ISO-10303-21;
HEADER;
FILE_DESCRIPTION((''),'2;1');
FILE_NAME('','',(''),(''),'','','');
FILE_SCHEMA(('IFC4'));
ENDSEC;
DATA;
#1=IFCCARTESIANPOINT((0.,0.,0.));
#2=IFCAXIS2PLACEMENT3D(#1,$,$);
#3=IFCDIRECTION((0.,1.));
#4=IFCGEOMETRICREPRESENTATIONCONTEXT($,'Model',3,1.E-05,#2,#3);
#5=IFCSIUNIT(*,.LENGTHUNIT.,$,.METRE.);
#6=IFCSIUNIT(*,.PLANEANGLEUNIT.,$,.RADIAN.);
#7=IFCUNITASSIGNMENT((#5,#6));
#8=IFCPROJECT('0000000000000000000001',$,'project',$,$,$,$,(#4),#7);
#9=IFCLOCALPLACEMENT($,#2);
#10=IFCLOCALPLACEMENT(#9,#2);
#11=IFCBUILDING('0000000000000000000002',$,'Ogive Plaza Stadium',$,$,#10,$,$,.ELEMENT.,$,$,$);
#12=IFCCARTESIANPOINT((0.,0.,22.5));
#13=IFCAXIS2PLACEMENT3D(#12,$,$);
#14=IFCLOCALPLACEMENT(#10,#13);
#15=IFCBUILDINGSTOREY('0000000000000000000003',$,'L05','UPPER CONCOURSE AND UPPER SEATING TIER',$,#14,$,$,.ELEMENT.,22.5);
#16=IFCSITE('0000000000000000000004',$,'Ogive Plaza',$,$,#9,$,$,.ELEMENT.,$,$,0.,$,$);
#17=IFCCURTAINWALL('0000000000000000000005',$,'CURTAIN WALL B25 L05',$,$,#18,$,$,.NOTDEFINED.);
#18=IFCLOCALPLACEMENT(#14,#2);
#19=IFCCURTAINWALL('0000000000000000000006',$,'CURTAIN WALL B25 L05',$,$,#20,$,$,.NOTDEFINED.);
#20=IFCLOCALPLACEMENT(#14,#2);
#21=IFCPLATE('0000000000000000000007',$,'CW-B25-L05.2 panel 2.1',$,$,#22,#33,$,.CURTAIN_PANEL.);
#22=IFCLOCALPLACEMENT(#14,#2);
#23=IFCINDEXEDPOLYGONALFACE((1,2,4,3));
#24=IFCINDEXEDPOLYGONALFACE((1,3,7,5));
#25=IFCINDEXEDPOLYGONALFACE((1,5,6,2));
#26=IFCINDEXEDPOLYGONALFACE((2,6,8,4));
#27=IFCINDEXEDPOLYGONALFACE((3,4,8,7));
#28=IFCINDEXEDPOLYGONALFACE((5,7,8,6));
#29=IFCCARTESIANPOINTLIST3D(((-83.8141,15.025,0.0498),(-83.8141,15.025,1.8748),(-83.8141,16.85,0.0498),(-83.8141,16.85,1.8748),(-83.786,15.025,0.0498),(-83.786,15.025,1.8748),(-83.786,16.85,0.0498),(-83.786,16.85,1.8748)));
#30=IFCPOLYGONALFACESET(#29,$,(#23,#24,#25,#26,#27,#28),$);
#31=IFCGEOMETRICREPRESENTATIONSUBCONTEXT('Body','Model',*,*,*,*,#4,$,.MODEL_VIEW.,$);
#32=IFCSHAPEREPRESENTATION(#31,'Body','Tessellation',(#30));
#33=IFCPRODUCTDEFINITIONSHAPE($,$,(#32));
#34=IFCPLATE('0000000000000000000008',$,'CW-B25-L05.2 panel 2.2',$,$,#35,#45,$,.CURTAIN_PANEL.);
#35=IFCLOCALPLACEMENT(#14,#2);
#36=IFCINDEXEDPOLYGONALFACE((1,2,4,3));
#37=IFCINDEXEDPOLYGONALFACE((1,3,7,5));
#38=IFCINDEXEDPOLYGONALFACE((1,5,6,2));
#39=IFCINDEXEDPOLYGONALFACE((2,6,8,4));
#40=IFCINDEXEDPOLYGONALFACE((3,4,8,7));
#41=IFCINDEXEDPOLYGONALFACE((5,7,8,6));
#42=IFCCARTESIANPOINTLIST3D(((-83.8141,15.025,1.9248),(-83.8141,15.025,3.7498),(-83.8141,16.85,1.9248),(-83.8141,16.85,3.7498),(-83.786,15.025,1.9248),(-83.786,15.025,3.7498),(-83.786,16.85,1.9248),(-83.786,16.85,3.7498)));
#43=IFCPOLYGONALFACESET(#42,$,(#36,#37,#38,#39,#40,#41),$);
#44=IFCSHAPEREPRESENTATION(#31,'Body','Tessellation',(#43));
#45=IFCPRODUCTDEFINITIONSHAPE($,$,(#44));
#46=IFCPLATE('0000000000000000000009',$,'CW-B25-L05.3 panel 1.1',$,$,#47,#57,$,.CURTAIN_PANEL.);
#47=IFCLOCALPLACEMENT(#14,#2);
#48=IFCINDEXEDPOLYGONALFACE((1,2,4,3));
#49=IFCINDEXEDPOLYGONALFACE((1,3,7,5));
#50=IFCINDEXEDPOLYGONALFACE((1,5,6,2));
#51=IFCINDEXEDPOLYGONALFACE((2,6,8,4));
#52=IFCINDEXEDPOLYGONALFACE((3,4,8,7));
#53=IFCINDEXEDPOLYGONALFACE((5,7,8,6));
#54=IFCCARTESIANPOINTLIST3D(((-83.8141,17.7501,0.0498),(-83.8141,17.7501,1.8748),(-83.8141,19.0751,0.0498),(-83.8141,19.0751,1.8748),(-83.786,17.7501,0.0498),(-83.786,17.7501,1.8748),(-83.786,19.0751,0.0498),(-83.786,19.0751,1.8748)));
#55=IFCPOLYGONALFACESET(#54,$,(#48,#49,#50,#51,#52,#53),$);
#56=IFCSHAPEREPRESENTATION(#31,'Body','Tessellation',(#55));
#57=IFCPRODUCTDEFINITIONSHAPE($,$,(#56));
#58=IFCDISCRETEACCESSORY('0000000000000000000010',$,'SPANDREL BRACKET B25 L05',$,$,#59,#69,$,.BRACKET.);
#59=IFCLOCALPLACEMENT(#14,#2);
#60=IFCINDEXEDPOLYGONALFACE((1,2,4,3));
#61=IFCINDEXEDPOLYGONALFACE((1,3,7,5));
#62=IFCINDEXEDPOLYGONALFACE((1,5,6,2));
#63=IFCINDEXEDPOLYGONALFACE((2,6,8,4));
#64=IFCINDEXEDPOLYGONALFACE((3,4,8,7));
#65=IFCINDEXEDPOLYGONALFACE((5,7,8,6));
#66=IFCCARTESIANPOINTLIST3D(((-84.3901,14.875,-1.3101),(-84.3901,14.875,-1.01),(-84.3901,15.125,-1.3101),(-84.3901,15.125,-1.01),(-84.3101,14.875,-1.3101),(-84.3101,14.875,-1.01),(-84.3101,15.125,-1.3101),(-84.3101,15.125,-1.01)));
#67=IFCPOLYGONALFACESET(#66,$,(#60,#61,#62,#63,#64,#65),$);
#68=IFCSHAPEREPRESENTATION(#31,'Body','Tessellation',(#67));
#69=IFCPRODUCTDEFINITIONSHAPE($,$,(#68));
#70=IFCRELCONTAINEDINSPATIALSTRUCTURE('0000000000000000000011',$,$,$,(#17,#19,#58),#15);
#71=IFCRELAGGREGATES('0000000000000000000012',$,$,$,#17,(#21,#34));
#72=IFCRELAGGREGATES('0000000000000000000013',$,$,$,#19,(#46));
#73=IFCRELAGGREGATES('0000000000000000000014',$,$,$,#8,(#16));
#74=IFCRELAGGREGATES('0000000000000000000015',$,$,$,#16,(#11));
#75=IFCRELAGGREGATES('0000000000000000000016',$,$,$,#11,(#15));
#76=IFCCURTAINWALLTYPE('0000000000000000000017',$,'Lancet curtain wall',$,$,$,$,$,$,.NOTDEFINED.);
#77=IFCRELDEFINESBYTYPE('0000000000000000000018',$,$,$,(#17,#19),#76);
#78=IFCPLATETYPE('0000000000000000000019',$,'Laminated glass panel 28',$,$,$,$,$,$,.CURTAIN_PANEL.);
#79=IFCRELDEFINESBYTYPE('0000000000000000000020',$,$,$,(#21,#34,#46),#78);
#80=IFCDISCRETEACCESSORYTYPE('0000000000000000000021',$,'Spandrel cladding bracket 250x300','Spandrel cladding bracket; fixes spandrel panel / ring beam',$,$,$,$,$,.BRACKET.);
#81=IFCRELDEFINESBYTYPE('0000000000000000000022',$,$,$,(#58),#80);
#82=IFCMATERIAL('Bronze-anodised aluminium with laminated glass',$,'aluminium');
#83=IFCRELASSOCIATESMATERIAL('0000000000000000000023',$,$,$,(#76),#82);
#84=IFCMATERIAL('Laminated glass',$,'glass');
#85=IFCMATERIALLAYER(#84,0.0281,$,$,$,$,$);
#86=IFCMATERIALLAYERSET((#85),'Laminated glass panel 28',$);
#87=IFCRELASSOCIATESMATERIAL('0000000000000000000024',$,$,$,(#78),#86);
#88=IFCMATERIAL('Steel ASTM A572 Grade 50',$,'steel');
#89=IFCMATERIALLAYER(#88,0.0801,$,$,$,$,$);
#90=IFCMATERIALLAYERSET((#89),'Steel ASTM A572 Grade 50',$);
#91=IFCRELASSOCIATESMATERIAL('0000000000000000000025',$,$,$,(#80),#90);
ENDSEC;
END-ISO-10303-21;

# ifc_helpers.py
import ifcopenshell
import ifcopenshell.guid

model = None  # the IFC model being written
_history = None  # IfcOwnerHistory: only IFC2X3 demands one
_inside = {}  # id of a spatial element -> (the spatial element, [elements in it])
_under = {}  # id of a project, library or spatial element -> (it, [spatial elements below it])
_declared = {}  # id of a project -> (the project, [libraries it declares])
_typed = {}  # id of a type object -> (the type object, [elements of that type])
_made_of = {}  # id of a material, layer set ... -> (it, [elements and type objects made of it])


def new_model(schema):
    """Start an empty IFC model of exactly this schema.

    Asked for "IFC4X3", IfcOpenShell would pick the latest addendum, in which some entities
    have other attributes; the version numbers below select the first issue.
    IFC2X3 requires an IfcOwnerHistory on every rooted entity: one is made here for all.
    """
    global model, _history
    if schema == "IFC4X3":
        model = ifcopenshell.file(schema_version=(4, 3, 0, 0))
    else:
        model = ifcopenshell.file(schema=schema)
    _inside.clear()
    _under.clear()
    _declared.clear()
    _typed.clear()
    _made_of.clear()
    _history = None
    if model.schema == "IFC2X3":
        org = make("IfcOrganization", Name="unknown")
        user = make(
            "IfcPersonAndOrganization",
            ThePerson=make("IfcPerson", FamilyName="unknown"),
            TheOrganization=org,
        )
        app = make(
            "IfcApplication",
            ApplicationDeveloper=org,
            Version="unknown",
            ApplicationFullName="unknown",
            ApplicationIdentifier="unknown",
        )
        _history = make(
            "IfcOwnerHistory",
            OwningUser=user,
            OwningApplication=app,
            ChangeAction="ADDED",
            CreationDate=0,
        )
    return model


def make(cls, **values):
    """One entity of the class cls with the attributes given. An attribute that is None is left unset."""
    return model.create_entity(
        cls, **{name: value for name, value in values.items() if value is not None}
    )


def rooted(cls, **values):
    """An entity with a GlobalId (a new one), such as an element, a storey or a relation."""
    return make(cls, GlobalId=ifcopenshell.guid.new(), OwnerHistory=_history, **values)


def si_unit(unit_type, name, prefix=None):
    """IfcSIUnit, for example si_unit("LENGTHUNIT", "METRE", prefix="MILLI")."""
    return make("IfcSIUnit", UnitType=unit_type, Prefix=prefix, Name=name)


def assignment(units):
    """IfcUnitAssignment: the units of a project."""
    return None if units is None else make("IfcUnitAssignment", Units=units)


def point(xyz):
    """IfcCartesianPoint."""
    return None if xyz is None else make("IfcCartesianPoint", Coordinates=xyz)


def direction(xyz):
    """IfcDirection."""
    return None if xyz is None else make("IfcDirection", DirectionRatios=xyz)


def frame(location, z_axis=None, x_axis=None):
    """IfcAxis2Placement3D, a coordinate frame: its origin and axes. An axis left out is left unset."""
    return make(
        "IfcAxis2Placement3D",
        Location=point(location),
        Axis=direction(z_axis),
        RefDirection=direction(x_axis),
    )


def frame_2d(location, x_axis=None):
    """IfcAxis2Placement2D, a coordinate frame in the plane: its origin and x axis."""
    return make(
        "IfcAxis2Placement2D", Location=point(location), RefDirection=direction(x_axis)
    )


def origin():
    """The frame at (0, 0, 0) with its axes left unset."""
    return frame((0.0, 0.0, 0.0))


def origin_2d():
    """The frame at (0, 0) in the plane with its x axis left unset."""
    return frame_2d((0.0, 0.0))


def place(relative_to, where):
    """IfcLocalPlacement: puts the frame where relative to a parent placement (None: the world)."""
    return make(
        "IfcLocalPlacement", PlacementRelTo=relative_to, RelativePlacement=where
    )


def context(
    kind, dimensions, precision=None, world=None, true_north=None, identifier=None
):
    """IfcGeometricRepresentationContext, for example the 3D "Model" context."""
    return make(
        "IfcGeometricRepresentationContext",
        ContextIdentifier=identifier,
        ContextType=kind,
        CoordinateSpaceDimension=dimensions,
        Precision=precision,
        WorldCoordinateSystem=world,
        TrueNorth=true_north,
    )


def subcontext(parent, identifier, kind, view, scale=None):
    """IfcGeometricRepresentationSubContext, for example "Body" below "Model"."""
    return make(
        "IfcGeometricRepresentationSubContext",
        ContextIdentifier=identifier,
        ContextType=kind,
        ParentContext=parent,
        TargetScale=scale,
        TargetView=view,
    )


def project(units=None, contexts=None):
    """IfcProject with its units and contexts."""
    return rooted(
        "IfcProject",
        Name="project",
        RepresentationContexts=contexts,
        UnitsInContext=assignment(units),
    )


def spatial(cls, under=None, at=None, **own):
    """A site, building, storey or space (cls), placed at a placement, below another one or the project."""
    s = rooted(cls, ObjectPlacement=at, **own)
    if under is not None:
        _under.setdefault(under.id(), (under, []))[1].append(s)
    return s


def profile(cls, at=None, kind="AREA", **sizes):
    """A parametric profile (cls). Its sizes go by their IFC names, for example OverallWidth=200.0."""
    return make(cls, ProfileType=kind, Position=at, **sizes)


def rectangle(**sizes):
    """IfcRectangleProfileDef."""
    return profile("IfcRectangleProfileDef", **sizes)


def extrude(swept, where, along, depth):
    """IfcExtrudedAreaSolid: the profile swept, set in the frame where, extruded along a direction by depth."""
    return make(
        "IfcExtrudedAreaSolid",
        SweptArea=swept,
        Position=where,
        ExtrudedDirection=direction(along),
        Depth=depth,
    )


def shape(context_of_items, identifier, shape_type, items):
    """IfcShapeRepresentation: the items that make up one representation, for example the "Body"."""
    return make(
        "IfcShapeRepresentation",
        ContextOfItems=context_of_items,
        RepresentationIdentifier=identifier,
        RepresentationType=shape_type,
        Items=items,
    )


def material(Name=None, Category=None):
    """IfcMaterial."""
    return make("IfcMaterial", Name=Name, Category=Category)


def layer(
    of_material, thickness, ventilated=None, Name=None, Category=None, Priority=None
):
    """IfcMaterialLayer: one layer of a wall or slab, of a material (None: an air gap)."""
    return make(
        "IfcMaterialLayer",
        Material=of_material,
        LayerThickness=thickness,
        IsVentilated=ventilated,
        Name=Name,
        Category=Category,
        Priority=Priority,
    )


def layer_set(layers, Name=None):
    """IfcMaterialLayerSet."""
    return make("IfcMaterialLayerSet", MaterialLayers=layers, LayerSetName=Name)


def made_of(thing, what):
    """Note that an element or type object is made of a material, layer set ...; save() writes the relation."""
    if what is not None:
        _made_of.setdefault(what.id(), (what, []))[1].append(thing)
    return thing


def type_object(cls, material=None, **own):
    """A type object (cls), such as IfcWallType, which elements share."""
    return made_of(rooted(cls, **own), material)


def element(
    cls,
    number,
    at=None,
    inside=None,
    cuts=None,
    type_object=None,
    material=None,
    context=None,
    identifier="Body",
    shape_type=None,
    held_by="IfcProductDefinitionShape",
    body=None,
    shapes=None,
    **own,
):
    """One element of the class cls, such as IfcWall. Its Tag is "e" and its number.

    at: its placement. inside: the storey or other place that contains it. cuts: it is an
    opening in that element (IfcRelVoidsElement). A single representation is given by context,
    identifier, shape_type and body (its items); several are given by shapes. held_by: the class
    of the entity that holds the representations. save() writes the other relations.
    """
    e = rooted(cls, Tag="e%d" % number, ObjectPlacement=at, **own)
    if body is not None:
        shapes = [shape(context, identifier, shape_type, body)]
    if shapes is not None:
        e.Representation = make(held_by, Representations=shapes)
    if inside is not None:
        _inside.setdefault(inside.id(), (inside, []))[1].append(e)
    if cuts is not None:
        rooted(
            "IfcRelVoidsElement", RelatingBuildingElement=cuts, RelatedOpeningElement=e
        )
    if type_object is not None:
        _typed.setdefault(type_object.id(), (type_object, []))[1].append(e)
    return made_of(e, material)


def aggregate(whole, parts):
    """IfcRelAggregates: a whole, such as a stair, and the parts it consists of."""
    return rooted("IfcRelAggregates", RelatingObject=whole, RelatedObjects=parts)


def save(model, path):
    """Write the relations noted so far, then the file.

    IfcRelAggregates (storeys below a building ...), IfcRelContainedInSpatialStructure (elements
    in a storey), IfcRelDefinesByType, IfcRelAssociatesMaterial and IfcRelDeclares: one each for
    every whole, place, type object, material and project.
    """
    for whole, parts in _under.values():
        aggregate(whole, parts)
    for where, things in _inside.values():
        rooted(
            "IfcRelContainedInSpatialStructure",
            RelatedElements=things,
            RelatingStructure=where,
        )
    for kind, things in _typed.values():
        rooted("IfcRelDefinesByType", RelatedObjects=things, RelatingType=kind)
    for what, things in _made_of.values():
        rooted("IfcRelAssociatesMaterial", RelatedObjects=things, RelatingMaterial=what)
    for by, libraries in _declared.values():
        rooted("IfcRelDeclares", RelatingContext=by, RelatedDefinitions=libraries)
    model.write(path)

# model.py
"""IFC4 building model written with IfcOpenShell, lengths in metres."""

from ifc_helpers import new_model, si_unit, direction, frame, origin, origin_2d, place, context, subcontext, project, spatial, rectangle, extrude, material, layer, layer_set, type_object, element, aggregate, save


model = new_model("IFC4")

# Units and contexts
model_context = context("Model", 3, precision=1e-05, world=origin(), true_north=direction((0.0, 1.0)))
body_context = subcontext(model_context, "Body", "Model", "MODEL_VIEW")
ifc_project = project(units=[si_unit("LENGTHUNIT", "METRE"), si_unit("PLANEANGLEUNIT", "RADIAN")], contexts=[model_context])

# Site, building, storey
site_placement = place(None, origin())
site = spatial("IfcSite", under=ifc_project, at=site_placement, Name="Ogive Plaza", CompositionType="ELEMENT", RefElevation=0.0)
building_placement = place(site_placement, origin())
building = spatial("IfcBuilding", under=site, at=building_placement, Name="Ogive Plaza Stadium", CompositionType="ELEMENT")
storey_placement = place(building_placement, frame((0.0, 0.0, 22.5)))
storey = spatial("IfcBuildingStorey", under=building, at=storey_placement, Name="L05", Description="UPPER CONCOURSE AND UPPER SEATING TIER", CompositionType="ELEMENT", Elevation=22.5)

# Curtain walls
ifc_material_1 = material(Name="Bronze-anodised aluminium with laminated glass", Category="aluminium")
curtain_wall_type = type_object("IfcCurtainWallType", Name="Lancet curtain wall", PredefinedType="NOTDEFINED", material=ifc_material_1)
curtain_wall_1_placement = place(storey_placement, origin())
curtain_wall_1 = element("IfcCurtainWall", 1, at=curtain_wall_1_placement, inside=storey, type_object=curtain_wall_type, Name="CURTAIN WALL B25 L05", PredefinedType="NOTDEFINED")
curtain_wall_2_placement = place(storey_placement, origin())
curtain_wall_2 = element("IfcCurtainWall", 2, at=curtain_wall_2_placement, inside=storey, type_object=curtain_wall_type, Name="CURTAIN WALL B25 L05", PredefinedType="NOTDEFINED")

# Plates
ifc_material_2 = material(Name="Laminated glass", Category="glass")
ifc_layer_1 = layer(ifc_material_2, 0.0281)
ifc_layer_set_1 = layer_set([ifc_layer_1], Name="Laminated glass panel 28")
plate_type = type_object("IfcPlateType", Name="Laminated glass panel 28", PredefinedType="CURTAIN_PANEL", material=ifc_layer_set_1)
plate_1_placement = place(storey_placement, frame((-83.8, 15.9375, 0.0498), z_axis=(0.0, 0.0, 1.0), x_axis=(0.0, 1.0, 0.0)))
plate_1 = element("IfcPlate", 3, at=plate_1_placement, type_object=plate_type, Name="CW-B25-L05.2 panel 2.1", PredefinedType="CURTAIN_PANEL", context=body_context, shape_type="SweptSolid", body=[
    extrude(rectangle(XDim=1.825, YDim=0.0281, at=origin_2d()), origin(), (0.0, 0.0, 1.0), 1.825),
])
plate_2_placement = place(storey_placement, frame((-83.8, 15.9375, 1.9248), z_axis=(0.0, 0.0, 1.0), x_axis=(0.0, 1.0, 0.0)))
plate_2 = element("IfcPlate", 4, at=plate_2_placement, type_object=plate_type, Name="CW-B25-L05.2 panel 2.2", PredefinedType="CURTAIN_PANEL", context=body_context, shape_type="SweptSolid", body=[
    extrude(rectangle(XDim=1.825, YDim=0.0281, at=origin_2d()), origin(), (0.0, 0.0, 1.0), 1.825),
])
aggregate(curtain_wall_1, [plate_1, plate_2])
plate_3_placement = place(storey_placement, frame((-83.8, 18.4126, 0.0498), z_axis=(0.0, 0.0, 1.0), x_axis=(0.0, 1.0, 0.0)))
plate_3 = element("IfcPlate", 5, at=plate_3_placement, type_object=plate_type, Name="CW-B25-L05.3 panel 1.1", PredefinedType="CURTAIN_PANEL", context=body_context, shape_type="SweptSolid", body=[
    extrude(rectangle(XDim=1.325, YDim=0.0281, at=origin_2d()), origin(), (0.0, 0.0, 1.0), 1.825),
])
aggregate(curtain_wall_2, [plate_3])

# Discrete accessory
ifc_material_3 = material(Name="Steel ASTM A572 Grade 50", Category="steel")
ifc_layer_2 = layer(ifc_material_3, 0.0801)
ifc_layer_set_2 = layer_set([ifc_layer_2], Name="Steel ASTM A572 Grade 50")
discrete_accessory_type = type_object("IfcDiscreteAccessoryType", Name="Spandrel cladding bracket 250x300", Description="Spandrel cladding bracket; fixes spandrel panel / ring beam", PredefinedType="BRACKET", material=ifc_layer_set_2)
discrete_accessory_placement = place(storey_placement, frame((-84.3501, 15.0, -1.3101), z_axis=(0.0, 0.0, 1.0), x_axis=(0.0, 1.0, 0.0)))
element("IfcDiscreteAccessory", 6, at=discrete_accessory_placement, inside=storey, type_object=discrete_accessory_type, Name="SPANDREL BRACKET B25 L05", PredefinedType="BRACKET", context=body_context, shape_type="SweptSolid", body=[
    extrude(rectangle(XDim=0.25, YDim=0.0801, at=origin_2d()), origin(), (0.0, 0.0, 1.0), 0.3),
])

save(model, "model.ifc")
